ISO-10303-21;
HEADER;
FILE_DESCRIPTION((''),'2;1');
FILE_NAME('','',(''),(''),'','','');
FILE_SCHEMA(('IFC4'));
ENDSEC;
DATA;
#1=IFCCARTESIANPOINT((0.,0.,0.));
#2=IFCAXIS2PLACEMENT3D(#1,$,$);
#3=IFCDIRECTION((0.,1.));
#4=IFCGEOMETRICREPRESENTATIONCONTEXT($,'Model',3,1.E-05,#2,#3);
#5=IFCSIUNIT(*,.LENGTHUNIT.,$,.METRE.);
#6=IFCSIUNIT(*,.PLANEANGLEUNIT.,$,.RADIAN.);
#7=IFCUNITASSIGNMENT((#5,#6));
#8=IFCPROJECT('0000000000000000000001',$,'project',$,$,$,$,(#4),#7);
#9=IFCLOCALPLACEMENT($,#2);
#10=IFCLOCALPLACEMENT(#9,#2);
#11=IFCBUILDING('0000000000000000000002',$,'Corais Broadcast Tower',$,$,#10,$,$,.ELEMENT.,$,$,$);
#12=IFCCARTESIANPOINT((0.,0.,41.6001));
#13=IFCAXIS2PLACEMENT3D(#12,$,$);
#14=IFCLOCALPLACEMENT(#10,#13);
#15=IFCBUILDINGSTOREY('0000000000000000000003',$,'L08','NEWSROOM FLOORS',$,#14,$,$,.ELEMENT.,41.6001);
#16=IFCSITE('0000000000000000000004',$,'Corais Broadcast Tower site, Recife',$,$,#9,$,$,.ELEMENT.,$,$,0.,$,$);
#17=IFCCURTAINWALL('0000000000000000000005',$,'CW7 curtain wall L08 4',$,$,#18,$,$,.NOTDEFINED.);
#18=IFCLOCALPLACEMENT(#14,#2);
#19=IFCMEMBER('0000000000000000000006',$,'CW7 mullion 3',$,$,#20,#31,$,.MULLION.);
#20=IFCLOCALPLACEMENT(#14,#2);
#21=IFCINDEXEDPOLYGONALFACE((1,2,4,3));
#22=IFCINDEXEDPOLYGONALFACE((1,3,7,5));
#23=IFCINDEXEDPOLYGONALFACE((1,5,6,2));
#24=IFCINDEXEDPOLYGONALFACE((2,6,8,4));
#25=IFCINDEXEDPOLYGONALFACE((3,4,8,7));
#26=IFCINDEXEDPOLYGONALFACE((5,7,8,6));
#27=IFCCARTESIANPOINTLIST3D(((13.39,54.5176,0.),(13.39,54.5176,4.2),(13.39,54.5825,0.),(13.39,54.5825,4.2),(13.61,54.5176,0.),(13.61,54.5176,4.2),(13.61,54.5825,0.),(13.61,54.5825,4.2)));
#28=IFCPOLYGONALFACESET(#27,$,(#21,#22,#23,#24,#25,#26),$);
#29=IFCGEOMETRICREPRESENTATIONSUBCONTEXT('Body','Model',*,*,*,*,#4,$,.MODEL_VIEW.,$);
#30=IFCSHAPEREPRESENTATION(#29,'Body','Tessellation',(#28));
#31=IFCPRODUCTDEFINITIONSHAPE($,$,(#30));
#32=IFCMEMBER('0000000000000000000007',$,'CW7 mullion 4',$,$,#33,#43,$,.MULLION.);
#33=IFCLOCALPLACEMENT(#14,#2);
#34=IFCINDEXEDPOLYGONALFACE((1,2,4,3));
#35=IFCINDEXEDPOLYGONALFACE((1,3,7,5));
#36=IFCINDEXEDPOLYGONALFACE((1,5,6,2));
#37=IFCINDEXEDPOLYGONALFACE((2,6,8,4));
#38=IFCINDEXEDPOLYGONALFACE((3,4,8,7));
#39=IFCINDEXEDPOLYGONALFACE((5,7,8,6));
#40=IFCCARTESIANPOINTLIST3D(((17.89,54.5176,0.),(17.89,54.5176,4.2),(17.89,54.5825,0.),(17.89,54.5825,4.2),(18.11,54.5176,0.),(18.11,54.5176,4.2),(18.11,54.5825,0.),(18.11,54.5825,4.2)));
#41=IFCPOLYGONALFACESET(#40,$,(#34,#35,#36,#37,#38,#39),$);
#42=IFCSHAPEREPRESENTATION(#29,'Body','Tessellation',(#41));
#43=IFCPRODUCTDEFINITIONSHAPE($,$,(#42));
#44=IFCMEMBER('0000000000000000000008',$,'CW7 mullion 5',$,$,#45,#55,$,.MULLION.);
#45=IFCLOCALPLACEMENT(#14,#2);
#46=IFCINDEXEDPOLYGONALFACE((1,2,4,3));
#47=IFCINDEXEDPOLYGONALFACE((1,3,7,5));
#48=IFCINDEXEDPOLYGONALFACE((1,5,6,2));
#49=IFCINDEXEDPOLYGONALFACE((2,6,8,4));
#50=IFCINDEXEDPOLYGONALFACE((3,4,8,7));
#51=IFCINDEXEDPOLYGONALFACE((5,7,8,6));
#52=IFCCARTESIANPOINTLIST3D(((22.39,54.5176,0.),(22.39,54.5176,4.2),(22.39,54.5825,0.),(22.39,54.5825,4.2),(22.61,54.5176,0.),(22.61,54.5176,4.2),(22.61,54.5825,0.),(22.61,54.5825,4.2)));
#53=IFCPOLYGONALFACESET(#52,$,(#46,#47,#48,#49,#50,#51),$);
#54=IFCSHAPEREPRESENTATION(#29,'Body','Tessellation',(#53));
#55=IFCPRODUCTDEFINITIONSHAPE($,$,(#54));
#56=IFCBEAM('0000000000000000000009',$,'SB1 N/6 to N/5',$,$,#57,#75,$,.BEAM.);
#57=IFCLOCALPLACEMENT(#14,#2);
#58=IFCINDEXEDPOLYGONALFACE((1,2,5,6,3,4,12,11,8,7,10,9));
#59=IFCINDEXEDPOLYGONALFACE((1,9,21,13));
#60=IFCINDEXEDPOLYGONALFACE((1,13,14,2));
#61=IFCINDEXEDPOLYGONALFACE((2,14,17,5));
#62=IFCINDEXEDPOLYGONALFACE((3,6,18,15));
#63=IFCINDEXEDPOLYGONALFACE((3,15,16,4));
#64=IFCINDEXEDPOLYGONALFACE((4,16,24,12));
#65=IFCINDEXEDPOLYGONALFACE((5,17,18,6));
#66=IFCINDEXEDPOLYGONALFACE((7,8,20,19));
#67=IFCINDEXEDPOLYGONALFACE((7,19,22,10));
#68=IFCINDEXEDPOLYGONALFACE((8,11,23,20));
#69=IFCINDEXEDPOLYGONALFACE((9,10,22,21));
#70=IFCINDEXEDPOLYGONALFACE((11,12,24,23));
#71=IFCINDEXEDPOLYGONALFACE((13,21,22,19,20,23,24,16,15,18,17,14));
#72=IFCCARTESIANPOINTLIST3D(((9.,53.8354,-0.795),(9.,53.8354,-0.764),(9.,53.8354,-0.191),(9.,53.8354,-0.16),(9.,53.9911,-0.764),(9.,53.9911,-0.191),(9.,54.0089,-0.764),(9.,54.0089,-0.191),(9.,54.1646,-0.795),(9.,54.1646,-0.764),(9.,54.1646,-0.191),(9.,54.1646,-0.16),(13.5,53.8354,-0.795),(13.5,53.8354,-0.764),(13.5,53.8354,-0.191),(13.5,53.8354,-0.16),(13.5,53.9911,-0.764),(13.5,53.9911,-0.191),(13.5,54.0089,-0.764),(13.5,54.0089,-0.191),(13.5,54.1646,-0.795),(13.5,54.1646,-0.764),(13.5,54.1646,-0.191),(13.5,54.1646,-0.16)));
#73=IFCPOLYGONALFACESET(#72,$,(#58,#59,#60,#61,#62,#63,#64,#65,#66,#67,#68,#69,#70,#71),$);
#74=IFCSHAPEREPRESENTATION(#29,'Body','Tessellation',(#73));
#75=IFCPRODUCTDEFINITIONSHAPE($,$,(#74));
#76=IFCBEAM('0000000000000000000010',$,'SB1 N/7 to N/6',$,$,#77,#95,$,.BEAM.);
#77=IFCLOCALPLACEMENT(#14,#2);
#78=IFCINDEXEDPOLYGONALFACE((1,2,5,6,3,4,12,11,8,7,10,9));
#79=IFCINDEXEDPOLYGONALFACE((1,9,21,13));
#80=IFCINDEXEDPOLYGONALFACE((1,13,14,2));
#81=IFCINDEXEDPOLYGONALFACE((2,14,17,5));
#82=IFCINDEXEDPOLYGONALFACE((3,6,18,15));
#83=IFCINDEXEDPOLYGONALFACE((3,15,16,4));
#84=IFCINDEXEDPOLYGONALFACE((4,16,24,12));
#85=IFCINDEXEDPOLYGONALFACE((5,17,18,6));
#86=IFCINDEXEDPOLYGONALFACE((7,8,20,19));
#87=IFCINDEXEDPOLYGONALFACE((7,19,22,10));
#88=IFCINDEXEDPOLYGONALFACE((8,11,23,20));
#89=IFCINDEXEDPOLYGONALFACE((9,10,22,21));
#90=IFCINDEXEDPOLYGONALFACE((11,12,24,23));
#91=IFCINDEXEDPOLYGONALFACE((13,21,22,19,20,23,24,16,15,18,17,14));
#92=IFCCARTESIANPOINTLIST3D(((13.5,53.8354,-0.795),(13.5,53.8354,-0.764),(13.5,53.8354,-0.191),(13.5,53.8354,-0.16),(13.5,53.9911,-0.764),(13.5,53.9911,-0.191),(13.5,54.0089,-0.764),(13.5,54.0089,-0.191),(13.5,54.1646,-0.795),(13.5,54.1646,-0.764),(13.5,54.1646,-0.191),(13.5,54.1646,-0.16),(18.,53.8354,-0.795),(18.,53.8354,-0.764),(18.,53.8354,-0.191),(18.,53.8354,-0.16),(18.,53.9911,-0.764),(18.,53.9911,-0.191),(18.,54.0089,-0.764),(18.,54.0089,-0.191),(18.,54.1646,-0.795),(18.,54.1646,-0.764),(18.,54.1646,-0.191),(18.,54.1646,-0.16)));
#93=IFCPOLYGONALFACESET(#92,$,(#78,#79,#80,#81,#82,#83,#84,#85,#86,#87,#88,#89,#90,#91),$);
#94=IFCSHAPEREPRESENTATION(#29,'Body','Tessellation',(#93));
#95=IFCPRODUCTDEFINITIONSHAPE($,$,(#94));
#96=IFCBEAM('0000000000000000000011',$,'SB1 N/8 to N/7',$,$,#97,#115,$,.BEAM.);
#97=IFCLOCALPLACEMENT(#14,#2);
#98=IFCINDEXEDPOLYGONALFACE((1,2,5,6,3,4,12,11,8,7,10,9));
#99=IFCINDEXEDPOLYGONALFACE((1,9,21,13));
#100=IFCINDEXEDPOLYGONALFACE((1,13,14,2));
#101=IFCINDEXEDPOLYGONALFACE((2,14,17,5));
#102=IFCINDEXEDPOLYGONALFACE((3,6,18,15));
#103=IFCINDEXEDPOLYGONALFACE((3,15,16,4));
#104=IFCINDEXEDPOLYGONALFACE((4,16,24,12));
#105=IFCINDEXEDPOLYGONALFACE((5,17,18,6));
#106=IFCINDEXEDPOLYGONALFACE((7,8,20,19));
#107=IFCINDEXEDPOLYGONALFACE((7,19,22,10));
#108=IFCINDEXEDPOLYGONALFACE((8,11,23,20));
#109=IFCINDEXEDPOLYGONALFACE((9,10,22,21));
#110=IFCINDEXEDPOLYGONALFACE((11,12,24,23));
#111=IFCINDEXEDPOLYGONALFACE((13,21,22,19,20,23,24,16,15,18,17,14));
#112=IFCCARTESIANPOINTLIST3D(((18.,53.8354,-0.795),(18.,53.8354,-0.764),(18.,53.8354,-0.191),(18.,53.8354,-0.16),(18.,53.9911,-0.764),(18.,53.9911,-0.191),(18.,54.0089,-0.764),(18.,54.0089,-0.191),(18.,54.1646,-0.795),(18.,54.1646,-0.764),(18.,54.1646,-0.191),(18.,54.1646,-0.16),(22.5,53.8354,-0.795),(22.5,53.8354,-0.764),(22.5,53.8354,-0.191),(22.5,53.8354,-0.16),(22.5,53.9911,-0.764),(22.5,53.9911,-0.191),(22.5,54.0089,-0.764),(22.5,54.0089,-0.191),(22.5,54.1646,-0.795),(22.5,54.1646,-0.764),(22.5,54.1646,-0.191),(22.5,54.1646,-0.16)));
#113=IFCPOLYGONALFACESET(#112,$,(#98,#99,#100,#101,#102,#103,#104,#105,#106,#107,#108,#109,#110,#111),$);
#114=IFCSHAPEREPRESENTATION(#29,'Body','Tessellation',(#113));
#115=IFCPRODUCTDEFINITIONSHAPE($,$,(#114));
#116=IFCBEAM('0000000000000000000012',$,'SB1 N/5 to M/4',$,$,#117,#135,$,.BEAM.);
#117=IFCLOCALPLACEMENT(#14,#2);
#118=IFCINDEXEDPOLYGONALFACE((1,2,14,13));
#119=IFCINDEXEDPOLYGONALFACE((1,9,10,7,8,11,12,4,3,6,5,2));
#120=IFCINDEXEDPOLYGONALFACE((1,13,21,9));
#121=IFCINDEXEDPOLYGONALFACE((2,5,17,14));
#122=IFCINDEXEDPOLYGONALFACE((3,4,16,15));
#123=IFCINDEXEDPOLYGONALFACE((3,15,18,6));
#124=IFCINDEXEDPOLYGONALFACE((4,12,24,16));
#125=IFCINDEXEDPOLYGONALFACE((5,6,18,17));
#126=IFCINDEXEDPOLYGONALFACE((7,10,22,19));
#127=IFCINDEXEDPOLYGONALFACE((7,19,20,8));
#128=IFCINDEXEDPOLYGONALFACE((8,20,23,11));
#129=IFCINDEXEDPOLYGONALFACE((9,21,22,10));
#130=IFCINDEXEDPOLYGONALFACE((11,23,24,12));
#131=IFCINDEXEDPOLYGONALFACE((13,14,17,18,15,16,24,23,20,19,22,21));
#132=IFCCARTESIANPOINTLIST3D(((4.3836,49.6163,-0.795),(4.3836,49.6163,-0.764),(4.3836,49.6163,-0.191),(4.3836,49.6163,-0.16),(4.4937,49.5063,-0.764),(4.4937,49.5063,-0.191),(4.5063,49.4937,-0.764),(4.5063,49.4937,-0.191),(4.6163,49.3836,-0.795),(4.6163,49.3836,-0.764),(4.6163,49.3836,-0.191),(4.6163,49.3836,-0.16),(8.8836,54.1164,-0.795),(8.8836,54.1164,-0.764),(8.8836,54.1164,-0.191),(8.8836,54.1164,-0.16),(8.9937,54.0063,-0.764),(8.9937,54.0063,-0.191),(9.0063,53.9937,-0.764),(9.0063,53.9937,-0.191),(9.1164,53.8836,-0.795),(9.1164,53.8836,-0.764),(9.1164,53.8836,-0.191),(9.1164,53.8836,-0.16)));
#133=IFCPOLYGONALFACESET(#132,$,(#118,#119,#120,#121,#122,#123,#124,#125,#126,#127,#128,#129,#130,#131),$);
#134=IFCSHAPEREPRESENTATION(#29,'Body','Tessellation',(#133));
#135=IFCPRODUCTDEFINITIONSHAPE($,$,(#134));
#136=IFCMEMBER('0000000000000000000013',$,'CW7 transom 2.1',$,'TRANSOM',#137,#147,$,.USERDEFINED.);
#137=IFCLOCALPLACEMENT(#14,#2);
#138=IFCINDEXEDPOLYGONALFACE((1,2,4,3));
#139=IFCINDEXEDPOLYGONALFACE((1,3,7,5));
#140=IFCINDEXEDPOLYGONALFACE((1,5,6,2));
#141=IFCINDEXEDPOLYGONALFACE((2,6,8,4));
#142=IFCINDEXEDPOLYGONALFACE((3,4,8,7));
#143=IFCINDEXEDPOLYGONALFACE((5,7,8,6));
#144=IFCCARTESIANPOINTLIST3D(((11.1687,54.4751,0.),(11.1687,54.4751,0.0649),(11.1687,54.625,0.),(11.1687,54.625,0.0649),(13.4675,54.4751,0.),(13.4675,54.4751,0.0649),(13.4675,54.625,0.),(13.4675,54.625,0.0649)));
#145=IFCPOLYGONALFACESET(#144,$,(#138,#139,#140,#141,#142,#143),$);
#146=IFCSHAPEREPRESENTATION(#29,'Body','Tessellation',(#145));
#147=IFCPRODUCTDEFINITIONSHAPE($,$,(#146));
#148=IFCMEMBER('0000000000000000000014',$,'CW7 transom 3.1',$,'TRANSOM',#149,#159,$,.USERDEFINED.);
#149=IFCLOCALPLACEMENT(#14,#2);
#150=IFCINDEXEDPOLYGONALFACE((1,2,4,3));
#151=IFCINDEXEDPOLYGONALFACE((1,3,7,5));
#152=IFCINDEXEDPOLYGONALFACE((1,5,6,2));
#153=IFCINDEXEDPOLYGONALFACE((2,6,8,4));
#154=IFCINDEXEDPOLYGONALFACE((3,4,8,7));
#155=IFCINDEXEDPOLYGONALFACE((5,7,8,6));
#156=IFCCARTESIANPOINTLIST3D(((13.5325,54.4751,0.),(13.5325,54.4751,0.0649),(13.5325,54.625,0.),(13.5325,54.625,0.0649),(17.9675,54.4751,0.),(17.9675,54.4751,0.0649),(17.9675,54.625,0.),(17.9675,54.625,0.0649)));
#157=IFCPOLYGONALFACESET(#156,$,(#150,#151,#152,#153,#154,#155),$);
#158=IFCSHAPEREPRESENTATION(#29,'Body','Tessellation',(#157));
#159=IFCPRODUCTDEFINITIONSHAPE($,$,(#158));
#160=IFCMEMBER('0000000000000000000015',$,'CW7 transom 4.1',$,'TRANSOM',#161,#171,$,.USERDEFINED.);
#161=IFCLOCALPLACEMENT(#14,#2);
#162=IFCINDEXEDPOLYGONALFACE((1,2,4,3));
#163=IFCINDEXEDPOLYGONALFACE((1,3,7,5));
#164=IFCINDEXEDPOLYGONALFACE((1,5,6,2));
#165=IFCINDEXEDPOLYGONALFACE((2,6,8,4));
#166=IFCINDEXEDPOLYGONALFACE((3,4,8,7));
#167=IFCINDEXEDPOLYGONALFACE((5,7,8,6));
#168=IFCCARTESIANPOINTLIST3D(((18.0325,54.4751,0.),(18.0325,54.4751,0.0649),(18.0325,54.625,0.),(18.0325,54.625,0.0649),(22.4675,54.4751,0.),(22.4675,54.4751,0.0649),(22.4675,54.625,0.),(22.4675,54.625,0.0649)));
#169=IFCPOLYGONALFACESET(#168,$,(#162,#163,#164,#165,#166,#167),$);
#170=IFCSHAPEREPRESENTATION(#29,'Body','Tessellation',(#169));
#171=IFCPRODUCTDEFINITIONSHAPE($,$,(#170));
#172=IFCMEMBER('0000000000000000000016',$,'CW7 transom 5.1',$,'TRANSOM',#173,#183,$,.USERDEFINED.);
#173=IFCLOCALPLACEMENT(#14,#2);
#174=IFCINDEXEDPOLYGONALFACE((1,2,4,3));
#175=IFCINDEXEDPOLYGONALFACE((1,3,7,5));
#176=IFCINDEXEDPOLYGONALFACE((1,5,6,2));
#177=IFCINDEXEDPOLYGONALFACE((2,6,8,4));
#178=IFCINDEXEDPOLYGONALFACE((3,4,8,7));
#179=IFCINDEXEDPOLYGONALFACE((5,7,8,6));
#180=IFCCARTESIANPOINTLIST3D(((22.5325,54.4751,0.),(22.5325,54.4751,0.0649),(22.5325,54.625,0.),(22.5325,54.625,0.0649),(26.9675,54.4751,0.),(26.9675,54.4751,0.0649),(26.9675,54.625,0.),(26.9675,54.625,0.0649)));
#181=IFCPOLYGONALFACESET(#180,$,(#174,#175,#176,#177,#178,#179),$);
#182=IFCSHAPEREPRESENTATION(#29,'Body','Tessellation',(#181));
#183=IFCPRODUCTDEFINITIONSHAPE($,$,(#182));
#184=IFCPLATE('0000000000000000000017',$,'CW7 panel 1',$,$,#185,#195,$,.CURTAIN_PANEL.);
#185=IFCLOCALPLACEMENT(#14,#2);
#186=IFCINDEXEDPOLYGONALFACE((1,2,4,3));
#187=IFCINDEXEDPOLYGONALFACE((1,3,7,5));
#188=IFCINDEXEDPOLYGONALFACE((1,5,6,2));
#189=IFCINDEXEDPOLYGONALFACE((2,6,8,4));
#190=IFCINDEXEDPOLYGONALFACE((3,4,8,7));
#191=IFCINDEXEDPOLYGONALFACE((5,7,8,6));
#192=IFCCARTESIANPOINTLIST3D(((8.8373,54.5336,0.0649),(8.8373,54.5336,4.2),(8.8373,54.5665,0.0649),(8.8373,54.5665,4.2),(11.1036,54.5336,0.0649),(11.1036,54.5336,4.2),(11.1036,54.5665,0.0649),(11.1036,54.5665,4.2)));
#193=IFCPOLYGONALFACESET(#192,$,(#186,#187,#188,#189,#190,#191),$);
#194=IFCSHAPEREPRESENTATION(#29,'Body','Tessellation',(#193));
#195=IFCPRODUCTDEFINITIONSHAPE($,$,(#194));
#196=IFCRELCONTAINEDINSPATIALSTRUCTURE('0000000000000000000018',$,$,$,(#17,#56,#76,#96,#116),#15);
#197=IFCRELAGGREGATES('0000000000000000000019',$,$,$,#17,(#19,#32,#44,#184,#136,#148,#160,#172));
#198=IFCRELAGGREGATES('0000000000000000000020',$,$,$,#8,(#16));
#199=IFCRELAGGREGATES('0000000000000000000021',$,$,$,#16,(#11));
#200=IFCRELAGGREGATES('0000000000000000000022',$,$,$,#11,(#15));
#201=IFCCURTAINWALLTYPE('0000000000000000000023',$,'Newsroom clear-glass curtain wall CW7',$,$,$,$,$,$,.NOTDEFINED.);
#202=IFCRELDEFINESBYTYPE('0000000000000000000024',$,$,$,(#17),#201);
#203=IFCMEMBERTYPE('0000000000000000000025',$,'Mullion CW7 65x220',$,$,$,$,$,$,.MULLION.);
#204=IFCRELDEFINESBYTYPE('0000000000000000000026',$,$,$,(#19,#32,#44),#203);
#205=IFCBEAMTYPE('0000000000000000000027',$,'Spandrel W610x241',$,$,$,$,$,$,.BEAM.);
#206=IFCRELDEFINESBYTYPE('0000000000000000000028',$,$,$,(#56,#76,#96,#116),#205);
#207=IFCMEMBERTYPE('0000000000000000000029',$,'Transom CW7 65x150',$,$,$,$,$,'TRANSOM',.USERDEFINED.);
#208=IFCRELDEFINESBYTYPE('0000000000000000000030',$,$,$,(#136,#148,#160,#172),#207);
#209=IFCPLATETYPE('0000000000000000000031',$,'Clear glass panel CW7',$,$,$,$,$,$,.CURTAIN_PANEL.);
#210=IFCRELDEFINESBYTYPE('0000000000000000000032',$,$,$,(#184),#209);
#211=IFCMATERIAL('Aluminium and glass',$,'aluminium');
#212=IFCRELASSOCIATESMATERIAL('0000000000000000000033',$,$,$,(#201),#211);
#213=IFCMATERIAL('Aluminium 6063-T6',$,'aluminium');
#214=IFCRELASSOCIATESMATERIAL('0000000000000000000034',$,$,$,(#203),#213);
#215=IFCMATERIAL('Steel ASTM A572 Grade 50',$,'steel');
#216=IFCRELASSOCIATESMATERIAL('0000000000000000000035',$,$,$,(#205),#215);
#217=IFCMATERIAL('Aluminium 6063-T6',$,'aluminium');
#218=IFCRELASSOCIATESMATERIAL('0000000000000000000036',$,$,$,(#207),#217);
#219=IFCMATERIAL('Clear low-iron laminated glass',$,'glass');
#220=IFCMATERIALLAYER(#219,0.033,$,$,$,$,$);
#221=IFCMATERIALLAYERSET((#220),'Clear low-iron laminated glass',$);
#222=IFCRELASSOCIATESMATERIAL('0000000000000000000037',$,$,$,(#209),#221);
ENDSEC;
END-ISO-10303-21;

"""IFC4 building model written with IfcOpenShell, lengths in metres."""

from ifc_helpers import new_model, si_unit, direction, frame, origin, origin_2d, place, context, subcontext, project, spatial, rectangle, i_section, extrude, material, layer, layer_set, material_profile, profile_set, type_object, element, aggregate, save


model = new_model("IFC4")

# Units and contexts
model_context = context("Model", 3, precision=1e-05, world=origin(), true_north=direction((0.0, 1.0)))
body_context = subcontext(model_context, "Body", "Model", "MODEL_VIEW")
ifc_project = project(units=[si_unit("LENGTHUNIT", "METRE"), si_unit("PLANEANGLEUNIT", "RADIAN")], contexts=[model_context])

# Site, building, storey
site_placement = place(None, origin())
site = spatial("IfcSite", under=ifc_project, at=site_placement, Name="Corais Broadcast Tower site, Recife", CompositionType="ELEMENT", RefElevation=0.0)
building_placement = place(site_placement, origin())
building = spatial("IfcBuilding", under=site, at=building_placement, Name="Corais Broadcast Tower", CompositionType="ELEMENT")
storey_placement = place(building_placement, frame((0.0, 0.0, 41.6001)))
storey = spatial("IfcBuildingStorey", under=building, at=storey_placement, Name="L08", Description="NEWSROOM FLOORS", CompositionType="ELEMENT", Elevation=41.6001)

# Curtain wall, members
ifc_material_1 = material(Name="Aluminium and glass", Category="aluminium")
curtain_wall_type = type_object("IfcCurtainWallType", Name="Newsroom clear-glass curtain wall CW7", PredefinedType="NOTDEFINED", material=ifc_material_1)
curtain_wall_placement = place(storey_placement, origin())
curtain_wall = element("IfcCurtainWall", 1, at=curtain_wall_placement, inside=storey, type_object=curtain_wall_type, Name="CW7 curtain wall L08 4", PredefinedType="NOTDEFINED")
ifc_material_2 = material(Name="Aluminium 6063-T6", Category="aluminium")
ifc_material_profile_1 = material_profile(ifc_material_2, rectangle(XDim=0.0649, YDim=0.22, at=origin_2d()), Name="Mullion CW7 65x220")
ifc_profile_set_1 = profile_set([ifc_material_profile_1], Name="Aluminium 6063-T6")
member_type_1 = type_object("IfcMemberType", Name="Mullion CW7 65x220", PredefinedType="MULLION", material=ifc_profile_set_1)
member_1_placement = place(storey_placement, frame((13.5, 54.55, 0.0), z_axis=(0.0, 0.0, 1.0), x_axis=(0.0, 1.0, 0.0)))
member_1 = element("IfcMember", 2, at=member_1_placement, type_object=member_type_1, Name="CW7 mullion 3", PredefinedType="MULLION", context=body_context, shape_type="SweptSolid", body=[
    extrude(rectangle(XDim=0.0649, YDim=0.22, at=origin_2d()), origin(), (0.0, 0.0, 1.0), 4.2),
])
member_2_placement = place(storey_placement, frame((18.0, 54.55, 0.0), z_axis=(0.0, 0.0, 1.0), x_axis=(0.0, 1.0, 0.0)))
member_2 = element("IfcMember", 3, at=member_2_placement, type_object=member_type_1, Name="CW7 mullion 4", PredefinedType="MULLION", context=body_context, shape_type="SweptSolid", body=[
    extrude(rectangle(XDim=0.0649, YDim=0.22, at=origin_2d()), origin(), (0.0, 0.0, 1.0), 4.2),
])
member_3_placement = place(storey_placement, frame((22.5, 54.55, 0.0), z_axis=(0.0, 0.0, 1.0), x_axis=(0.0, 1.0, 0.0)))
member_3 = element("IfcMember", 4, at=member_3_placement, type_object=member_type_1, Name="CW7 mullion 5", PredefinedType="MULLION", context=body_context, shape_type="SweptSolid", body=[
    extrude(rectangle(XDim=0.0649, YDim=0.22, at=origin_2d()), origin(), (0.0, 0.0, 1.0), 4.2),
])

# Beams
ifc_material_3 = material(Name="Steel ASTM A572 Grade 50", Category="steel")
ifc_material_profile_2 = material_profile(ifc_material_3, i_section(OverallWidth=0.3291, OverallDepth=0.635, WebThickness=0.0178, FlangeThickness=0.031, at=origin_2d()), Name="W610x241")
ifc_profile_set_2 = profile_set([ifc_material_profile_2], Name="Steel ASTM A572 Grade 50")
beam_type_1 = type_object("IfcBeamType", Name="Spandrel W610x241", PredefinedType="BEAM", material=ifc_profile_set_2)
for number, where, z_axis, x_axis, name in (
    (5, (13.5, 54.0, -0.4775), (-1.0, 0.0, 0.0), (0.0, -1.0, 0.0), "SB1 N/6 to N/5"),
    (6, (18.0, 54.0, -0.4775), (-1.0, 0.0, 0.0), (0.0, -1.0, 0.0), "SB1 N/7 to N/6"),
    (7, (22.5, 54.0, -0.4775), (-1.0, 0.0, 0.0), (0.0, -1.0, 0.0), "SB1 N/8 to N/7"),
):
    element("IfcBeam", number, at=place(storey_placement, frame(where, z_axis=z_axis, x_axis=x_axis)), inside=storey, type_object=beam_type_1, Name=name, PredefinedType="BEAM", context=body_context, shape_type="SweptSolid", body=[
        extrude(i_section(OverallWidth=0.3291, OverallDepth=0.635, WebThickness=0.0178, FlangeThickness=0.031, at=origin_2d()), origin(), (0.0, 0.0, 1.0), 4.5),
    ])
beam_1_placement = place(storey_placement, frame((9.0, 54.0, -0.4775), z_axis=(-0.707107, -0.707107, 0.0), x_axis=(0.707107, -0.707107, 0.0)))
element("IfcBeam", 8, at=beam_1_placement, inside=storey, type_object=beam_type_1, Name="SB1 N/5 to M/4", PredefinedType="BEAM", context=body_context, shape_type="SweptSolid", body=[
    extrude(i_section(OverallWidth=0.3291, OverallDepth=0.635, WebThickness=0.0178, FlangeThickness=0.031, at=origin_2d()), origin(), (0.0, 0.0, 1.0), 6.364),
])

# Members
ifc_material_4 = material(Name="Aluminium 6063-T6", Category="aluminium")
ifc_material_profile_3 = material_profile(ifc_material_4, rectangle(XDim=0.1499, YDim=0.0649, at=origin_2d()), Name="Transom CW7 65x150")
ifc_profile_set_3 = profile_set([ifc_material_profile_3], Name="Aluminium 6063-T6")
member_type_2 = type_object("IfcMemberType", Name="Transom CW7 65x150", ElementType="TRANSOM", PredefinedType="USERDEFINED", material=ifc_profile_set_3)
member_4_placement = place(storey_placement, frame((11.1687, 54.55, 0.0325), z_axis=(1.0, 0.0, 0.0), x_axis=(0.0, 1.0, 0.0)))
member_4 = element("IfcMember", 9, at=member_4_placement, type_object=member_type_2, Name="CW7 transom 2.1", ObjectType="TRANSOM", PredefinedType="USERDEFINED", context=body_context, shape_type="SweptSolid", body=[
    extrude(rectangle(XDim=0.1499, YDim=0.0649, at=origin_2d()), origin(), (0.0, 0.0, 1.0), 2.2988),
])
member_5_placement = place(storey_placement, frame((13.5325, 54.55, 0.0325), z_axis=(1.0, 0.0, 0.0), x_axis=(0.0, 1.0, 0.0)))
member_5 = element("IfcMember", 10, at=member_5_placement, type_object=member_type_2, Name="CW7 transom 3.1", ObjectType="TRANSOM", PredefinedType="USERDEFINED", context=body_context, shape_type="SweptSolid", body=[
    extrude(rectangle(XDim=0.1499, YDim=0.0649, at=origin_2d()), origin(), (0.0, 0.0, 1.0), 4.4351),
])
member_6_placement = place(storey_placement, frame((18.0325, 54.55, 0.0325), z_axis=(1.0, 0.0, 0.0), x_axis=(0.0, 1.0, 0.0)))
member_6 = element("IfcMember", 11, at=member_6_placement, type_object=member_type_2, Name="CW7 transom 4.1", ObjectType="TRANSOM", PredefinedType="USERDEFINED", context=body_context, shape_type="SweptSolid", body=[
    extrude(rectangle(XDim=0.1499, YDim=0.0649, at=origin_2d()), origin(), (0.0, 0.0, 1.0), 4.4351),
])
member_7_placement = place(storey_placement, frame((22.5325, 54.55, 0.0325), z_axis=(1.0, 0.0, 0.0), x_axis=(0.0, 1.0, 0.0)))
member_7 = element("IfcMember", 12, at=member_7_placement, type_object=member_type_2, Name="CW7 transom 5.1", ObjectType="TRANSOM", PredefinedType="USERDEFINED", context=body_context, shape_type="SweptSolid", body=[
    extrude(rectangle(XDim=0.1499, YDim=0.0649, at=origin_2d()), origin(), (0.0, 0.0, 1.0), 4.4351),
])

# Plate
ifc_material_5 = material(Name="Clear low-iron laminated glass", Category="glass")
ifc_layer_1 = layer(ifc_material_5, 0.033)
ifc_layer_set_1 = layer_set([ifc_layer_1], Name="Clear low-iron laminated glass")
plate_type_1 = type_object("IfcPlateType", Name="Clear glass panel CW7", PredefinedType="CURTAIN_PANEL", material=ifc_layer_set_1)
plate_1_placement = place(storey_placement, frame((9.9705, 54.55, 0.0649), z_axis=(0.0, 0.0, 1.0), x_axis=(1.0, 0.0, 0.0)))
plate_1 = element("IfcPlate", 13, at=plate_1_placement, type_object=plate_type_1, Name="CW7 panel 1", PredefinedType="CURTAIN_PANEL", context=body_context, shape_type="SweptSolid", body=[
    extrude(rectangle(XDim=2.2664, YDim=0.033, at=origin_2d()), origin(), (0.0, 0.0, 1.0), 4.135),
])
aggregate(curtain_wall, [member_1, member_2, member_3, plate_1, member_4, member_5, member_6, member_7])

save(model, "model.ifc")
